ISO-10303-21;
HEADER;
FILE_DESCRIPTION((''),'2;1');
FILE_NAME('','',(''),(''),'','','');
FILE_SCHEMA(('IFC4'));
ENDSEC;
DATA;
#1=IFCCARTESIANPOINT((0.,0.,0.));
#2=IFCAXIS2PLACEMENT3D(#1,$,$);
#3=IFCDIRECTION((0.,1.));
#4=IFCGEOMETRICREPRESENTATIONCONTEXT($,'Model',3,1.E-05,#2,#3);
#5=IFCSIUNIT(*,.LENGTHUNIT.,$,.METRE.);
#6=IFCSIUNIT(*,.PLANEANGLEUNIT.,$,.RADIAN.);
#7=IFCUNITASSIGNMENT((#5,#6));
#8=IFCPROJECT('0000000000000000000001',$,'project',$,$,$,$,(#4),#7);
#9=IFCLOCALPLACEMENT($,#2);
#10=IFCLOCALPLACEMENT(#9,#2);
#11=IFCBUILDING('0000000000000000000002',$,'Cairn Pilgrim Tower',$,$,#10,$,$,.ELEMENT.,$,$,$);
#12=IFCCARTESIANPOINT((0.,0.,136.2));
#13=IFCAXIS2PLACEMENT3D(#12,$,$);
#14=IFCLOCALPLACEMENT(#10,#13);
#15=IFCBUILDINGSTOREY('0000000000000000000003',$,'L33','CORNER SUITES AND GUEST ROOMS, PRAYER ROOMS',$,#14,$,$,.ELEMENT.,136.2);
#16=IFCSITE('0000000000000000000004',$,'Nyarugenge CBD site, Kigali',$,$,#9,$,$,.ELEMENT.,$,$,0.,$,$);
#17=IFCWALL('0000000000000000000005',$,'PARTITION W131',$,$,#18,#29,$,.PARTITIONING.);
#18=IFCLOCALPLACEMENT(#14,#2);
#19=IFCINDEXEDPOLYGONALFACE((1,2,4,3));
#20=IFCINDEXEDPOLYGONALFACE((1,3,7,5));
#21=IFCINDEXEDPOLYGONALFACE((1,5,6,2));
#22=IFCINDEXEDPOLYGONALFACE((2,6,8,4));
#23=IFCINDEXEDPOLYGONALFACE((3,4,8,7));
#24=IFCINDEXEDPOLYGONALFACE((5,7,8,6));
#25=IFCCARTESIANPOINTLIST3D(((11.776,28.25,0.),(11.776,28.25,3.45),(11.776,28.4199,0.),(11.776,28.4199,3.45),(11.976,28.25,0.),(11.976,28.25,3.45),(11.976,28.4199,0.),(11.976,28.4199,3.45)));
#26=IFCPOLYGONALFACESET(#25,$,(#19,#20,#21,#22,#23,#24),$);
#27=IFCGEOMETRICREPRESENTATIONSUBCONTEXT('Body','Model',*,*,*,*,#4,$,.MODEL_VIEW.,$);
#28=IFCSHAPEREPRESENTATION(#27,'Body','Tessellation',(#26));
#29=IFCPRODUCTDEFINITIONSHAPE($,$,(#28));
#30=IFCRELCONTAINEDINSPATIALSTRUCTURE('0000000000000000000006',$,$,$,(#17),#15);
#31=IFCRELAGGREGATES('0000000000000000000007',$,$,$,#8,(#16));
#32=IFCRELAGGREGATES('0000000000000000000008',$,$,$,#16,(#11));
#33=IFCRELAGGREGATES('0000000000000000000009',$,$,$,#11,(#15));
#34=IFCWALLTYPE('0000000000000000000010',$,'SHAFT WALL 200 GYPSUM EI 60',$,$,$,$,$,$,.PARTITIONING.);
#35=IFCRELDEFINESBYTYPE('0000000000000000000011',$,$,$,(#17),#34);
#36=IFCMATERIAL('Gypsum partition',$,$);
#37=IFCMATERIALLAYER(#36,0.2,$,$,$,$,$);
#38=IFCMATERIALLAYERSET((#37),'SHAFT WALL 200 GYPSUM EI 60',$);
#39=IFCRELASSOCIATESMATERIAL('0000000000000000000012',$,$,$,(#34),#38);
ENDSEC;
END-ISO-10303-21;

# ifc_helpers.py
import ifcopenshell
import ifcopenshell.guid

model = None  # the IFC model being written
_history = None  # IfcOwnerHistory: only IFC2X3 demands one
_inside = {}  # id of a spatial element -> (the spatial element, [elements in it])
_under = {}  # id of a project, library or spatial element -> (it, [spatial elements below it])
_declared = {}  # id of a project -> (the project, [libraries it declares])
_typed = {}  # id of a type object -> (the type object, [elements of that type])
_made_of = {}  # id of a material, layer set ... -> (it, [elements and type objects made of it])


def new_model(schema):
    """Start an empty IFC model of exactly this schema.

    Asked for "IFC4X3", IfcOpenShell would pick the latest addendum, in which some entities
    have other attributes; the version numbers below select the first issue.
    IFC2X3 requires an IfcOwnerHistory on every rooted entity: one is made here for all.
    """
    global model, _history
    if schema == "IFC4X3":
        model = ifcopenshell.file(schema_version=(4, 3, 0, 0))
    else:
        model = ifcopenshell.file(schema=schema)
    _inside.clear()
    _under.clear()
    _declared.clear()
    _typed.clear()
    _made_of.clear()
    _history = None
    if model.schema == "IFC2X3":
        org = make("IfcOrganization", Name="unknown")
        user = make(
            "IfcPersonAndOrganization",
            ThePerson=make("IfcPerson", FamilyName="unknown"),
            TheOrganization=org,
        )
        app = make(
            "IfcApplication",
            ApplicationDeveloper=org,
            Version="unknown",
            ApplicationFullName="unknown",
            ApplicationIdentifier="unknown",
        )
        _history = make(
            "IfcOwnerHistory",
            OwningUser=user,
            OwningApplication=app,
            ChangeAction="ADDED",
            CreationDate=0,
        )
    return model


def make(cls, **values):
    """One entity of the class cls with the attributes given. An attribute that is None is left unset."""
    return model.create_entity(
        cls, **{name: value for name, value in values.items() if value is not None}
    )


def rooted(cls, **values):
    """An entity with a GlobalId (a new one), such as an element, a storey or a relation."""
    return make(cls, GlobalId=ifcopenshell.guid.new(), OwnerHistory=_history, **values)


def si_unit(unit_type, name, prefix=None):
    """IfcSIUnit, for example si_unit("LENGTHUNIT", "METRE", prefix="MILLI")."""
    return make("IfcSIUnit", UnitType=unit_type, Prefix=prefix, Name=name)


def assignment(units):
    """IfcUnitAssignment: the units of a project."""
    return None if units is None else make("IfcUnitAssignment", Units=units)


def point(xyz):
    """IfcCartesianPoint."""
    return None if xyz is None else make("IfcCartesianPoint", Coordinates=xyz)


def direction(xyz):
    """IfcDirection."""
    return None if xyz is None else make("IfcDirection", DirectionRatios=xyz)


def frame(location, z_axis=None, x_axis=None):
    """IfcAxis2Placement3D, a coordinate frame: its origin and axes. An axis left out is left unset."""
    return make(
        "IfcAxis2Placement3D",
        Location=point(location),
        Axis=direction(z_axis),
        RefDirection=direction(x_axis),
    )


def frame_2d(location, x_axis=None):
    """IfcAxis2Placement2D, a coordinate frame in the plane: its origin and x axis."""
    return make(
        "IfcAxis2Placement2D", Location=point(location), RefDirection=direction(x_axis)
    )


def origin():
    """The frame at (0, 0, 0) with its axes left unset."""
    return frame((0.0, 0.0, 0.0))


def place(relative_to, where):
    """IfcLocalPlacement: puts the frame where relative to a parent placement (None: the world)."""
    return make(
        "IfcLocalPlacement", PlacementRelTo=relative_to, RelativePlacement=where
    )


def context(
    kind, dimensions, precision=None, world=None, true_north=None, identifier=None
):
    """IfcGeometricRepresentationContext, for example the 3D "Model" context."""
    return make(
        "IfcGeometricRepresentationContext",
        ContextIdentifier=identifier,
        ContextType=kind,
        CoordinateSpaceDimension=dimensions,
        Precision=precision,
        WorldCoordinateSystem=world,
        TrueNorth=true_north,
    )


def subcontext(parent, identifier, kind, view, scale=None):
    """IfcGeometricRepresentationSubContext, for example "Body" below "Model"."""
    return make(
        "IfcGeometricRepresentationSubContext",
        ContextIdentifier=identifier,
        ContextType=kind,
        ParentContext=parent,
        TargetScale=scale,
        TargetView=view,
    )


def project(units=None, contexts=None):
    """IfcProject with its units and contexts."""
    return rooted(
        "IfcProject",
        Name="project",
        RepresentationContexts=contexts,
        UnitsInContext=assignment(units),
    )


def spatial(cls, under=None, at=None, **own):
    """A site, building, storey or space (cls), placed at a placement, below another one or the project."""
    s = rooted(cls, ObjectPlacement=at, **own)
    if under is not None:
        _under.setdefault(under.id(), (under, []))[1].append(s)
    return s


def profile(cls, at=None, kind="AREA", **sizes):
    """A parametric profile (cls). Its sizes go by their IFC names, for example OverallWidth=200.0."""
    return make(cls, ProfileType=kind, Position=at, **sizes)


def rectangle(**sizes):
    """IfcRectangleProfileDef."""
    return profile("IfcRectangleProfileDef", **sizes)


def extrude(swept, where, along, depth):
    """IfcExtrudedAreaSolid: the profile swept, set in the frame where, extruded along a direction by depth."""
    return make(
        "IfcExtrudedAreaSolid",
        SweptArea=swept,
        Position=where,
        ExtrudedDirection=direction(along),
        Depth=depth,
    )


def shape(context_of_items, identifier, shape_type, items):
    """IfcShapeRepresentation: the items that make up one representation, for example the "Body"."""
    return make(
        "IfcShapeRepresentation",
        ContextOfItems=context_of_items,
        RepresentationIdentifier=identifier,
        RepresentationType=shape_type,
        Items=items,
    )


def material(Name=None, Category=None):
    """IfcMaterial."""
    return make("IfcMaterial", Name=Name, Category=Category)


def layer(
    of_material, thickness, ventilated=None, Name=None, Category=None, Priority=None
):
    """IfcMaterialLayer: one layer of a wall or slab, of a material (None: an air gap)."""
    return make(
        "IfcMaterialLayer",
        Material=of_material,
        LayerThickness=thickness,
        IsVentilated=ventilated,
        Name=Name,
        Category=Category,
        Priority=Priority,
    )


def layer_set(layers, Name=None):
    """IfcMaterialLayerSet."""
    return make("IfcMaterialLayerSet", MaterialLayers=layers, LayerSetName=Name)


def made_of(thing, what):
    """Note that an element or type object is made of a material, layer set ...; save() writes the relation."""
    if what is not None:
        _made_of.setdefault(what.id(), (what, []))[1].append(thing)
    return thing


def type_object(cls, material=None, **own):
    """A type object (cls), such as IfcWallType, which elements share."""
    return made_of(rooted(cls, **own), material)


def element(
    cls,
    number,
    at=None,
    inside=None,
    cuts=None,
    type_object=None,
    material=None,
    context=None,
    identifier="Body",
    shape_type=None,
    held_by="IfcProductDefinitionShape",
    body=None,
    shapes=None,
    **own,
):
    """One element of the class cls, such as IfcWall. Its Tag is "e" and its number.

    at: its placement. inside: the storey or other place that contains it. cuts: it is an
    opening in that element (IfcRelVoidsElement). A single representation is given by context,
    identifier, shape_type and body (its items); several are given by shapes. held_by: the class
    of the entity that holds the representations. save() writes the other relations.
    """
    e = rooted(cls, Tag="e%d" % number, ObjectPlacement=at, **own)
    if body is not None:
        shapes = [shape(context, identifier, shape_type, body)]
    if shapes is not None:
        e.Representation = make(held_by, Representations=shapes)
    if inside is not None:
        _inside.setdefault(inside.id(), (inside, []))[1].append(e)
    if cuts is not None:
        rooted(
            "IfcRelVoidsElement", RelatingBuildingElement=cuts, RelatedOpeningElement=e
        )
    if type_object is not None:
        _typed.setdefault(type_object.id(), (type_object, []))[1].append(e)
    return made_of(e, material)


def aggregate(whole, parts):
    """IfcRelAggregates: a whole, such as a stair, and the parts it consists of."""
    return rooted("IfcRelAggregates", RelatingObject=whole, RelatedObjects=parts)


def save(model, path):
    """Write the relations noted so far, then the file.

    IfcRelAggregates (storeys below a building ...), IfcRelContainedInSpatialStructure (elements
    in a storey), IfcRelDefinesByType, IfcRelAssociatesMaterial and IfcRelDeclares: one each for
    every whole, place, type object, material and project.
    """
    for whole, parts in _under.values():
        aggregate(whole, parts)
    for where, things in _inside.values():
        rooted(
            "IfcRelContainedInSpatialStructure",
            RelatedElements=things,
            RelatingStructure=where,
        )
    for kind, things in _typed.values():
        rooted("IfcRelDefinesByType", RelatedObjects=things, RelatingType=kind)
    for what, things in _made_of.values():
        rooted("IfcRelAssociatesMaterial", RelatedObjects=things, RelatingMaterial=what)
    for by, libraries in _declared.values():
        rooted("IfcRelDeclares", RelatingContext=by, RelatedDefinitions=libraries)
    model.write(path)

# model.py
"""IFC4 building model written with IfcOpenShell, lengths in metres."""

from ifc_helpers import new_model, si_unit, direction, frame, frame_2d, origin, place, context, subcontext, project, spatial, rectangle, extrude, material, layer, layer_set, type_object, element, save


model = new_model("IFC4")

# Units and contexts
model_context = context("Model", 3, precision=1e-05, world=origin(), true_north=direction((0.0, 1.0)))
body_context = subcontext(model_context, "Body", "Model", "MODEL_VIEW")
ifc_project = project(units=[si_unit("LENGTHUNIT", "METRE"), si_unit("PLANEANGLEUNIT", "RADIAN")], contexts=[model_context])

# Site, building, storey
site_placement = place(None, origin())
site = spatial("IfcSite", under=ifc_project, at=site_placement, Name="Nyarugenge CBD site, Kigali", CompositionType="ELEMENT", RefElevation=0.0)
building_placement = place(site_placement, origin())
building = spatial("IfcBuilding", under=site, at=building_placement, Name="Cairn Pilgrim Tower", CompositionType="ELEMENT")
storey_placement = place(building_placement, frame((0.0, 0.0, 136.2)))
storey = spatial("IfcBuildingStorey", under=building, at=storey_placement, Name="L33", Description="CORNER SUITES AND GUEST ROOMS, PRAYER ROOMS", CompositionType="ELEMENT", Elevation=136.2)

# Shared definitions
ifc_material_1 = material(Name="Gypsum partition")

# Wall
ifc_layer_1 = layer(ifc_material_1, 0.2)
ifc_layer_set_1 = layer_set([ifc_layer_1], Name="SHAFT WALL 200 GYPSUM EI 60")
wall_type_1 = type_object("IfcWallType", Name="SHAFT WALL 200 GYPSUM EI 60", PredefinedType="PARTITIONING", material=ifc_layer_set_1)
wall_1_placement = place(storey_placement, frame((11.876, 28.25, 0.0), z_axis=(0.0, 0.0, 1.0), x_axis=(0.0, 1.0, 0.0)))
element("IfcWall", 1, at=wall_1_placement, inside=storey, type_object=wall_type_1, Name="PARTITION W131", PredefinedType="PARTITIONING", context=body_context, shape_type="SweptSolid", body=[
    extrude(rectangle(XDim=0.1699, YDim=0.2, at=frame_2d((0.085, 0.0))), origin(), (0.0, 0.0, 1.0), 3.45),
])

save(model, "model.ifc")
